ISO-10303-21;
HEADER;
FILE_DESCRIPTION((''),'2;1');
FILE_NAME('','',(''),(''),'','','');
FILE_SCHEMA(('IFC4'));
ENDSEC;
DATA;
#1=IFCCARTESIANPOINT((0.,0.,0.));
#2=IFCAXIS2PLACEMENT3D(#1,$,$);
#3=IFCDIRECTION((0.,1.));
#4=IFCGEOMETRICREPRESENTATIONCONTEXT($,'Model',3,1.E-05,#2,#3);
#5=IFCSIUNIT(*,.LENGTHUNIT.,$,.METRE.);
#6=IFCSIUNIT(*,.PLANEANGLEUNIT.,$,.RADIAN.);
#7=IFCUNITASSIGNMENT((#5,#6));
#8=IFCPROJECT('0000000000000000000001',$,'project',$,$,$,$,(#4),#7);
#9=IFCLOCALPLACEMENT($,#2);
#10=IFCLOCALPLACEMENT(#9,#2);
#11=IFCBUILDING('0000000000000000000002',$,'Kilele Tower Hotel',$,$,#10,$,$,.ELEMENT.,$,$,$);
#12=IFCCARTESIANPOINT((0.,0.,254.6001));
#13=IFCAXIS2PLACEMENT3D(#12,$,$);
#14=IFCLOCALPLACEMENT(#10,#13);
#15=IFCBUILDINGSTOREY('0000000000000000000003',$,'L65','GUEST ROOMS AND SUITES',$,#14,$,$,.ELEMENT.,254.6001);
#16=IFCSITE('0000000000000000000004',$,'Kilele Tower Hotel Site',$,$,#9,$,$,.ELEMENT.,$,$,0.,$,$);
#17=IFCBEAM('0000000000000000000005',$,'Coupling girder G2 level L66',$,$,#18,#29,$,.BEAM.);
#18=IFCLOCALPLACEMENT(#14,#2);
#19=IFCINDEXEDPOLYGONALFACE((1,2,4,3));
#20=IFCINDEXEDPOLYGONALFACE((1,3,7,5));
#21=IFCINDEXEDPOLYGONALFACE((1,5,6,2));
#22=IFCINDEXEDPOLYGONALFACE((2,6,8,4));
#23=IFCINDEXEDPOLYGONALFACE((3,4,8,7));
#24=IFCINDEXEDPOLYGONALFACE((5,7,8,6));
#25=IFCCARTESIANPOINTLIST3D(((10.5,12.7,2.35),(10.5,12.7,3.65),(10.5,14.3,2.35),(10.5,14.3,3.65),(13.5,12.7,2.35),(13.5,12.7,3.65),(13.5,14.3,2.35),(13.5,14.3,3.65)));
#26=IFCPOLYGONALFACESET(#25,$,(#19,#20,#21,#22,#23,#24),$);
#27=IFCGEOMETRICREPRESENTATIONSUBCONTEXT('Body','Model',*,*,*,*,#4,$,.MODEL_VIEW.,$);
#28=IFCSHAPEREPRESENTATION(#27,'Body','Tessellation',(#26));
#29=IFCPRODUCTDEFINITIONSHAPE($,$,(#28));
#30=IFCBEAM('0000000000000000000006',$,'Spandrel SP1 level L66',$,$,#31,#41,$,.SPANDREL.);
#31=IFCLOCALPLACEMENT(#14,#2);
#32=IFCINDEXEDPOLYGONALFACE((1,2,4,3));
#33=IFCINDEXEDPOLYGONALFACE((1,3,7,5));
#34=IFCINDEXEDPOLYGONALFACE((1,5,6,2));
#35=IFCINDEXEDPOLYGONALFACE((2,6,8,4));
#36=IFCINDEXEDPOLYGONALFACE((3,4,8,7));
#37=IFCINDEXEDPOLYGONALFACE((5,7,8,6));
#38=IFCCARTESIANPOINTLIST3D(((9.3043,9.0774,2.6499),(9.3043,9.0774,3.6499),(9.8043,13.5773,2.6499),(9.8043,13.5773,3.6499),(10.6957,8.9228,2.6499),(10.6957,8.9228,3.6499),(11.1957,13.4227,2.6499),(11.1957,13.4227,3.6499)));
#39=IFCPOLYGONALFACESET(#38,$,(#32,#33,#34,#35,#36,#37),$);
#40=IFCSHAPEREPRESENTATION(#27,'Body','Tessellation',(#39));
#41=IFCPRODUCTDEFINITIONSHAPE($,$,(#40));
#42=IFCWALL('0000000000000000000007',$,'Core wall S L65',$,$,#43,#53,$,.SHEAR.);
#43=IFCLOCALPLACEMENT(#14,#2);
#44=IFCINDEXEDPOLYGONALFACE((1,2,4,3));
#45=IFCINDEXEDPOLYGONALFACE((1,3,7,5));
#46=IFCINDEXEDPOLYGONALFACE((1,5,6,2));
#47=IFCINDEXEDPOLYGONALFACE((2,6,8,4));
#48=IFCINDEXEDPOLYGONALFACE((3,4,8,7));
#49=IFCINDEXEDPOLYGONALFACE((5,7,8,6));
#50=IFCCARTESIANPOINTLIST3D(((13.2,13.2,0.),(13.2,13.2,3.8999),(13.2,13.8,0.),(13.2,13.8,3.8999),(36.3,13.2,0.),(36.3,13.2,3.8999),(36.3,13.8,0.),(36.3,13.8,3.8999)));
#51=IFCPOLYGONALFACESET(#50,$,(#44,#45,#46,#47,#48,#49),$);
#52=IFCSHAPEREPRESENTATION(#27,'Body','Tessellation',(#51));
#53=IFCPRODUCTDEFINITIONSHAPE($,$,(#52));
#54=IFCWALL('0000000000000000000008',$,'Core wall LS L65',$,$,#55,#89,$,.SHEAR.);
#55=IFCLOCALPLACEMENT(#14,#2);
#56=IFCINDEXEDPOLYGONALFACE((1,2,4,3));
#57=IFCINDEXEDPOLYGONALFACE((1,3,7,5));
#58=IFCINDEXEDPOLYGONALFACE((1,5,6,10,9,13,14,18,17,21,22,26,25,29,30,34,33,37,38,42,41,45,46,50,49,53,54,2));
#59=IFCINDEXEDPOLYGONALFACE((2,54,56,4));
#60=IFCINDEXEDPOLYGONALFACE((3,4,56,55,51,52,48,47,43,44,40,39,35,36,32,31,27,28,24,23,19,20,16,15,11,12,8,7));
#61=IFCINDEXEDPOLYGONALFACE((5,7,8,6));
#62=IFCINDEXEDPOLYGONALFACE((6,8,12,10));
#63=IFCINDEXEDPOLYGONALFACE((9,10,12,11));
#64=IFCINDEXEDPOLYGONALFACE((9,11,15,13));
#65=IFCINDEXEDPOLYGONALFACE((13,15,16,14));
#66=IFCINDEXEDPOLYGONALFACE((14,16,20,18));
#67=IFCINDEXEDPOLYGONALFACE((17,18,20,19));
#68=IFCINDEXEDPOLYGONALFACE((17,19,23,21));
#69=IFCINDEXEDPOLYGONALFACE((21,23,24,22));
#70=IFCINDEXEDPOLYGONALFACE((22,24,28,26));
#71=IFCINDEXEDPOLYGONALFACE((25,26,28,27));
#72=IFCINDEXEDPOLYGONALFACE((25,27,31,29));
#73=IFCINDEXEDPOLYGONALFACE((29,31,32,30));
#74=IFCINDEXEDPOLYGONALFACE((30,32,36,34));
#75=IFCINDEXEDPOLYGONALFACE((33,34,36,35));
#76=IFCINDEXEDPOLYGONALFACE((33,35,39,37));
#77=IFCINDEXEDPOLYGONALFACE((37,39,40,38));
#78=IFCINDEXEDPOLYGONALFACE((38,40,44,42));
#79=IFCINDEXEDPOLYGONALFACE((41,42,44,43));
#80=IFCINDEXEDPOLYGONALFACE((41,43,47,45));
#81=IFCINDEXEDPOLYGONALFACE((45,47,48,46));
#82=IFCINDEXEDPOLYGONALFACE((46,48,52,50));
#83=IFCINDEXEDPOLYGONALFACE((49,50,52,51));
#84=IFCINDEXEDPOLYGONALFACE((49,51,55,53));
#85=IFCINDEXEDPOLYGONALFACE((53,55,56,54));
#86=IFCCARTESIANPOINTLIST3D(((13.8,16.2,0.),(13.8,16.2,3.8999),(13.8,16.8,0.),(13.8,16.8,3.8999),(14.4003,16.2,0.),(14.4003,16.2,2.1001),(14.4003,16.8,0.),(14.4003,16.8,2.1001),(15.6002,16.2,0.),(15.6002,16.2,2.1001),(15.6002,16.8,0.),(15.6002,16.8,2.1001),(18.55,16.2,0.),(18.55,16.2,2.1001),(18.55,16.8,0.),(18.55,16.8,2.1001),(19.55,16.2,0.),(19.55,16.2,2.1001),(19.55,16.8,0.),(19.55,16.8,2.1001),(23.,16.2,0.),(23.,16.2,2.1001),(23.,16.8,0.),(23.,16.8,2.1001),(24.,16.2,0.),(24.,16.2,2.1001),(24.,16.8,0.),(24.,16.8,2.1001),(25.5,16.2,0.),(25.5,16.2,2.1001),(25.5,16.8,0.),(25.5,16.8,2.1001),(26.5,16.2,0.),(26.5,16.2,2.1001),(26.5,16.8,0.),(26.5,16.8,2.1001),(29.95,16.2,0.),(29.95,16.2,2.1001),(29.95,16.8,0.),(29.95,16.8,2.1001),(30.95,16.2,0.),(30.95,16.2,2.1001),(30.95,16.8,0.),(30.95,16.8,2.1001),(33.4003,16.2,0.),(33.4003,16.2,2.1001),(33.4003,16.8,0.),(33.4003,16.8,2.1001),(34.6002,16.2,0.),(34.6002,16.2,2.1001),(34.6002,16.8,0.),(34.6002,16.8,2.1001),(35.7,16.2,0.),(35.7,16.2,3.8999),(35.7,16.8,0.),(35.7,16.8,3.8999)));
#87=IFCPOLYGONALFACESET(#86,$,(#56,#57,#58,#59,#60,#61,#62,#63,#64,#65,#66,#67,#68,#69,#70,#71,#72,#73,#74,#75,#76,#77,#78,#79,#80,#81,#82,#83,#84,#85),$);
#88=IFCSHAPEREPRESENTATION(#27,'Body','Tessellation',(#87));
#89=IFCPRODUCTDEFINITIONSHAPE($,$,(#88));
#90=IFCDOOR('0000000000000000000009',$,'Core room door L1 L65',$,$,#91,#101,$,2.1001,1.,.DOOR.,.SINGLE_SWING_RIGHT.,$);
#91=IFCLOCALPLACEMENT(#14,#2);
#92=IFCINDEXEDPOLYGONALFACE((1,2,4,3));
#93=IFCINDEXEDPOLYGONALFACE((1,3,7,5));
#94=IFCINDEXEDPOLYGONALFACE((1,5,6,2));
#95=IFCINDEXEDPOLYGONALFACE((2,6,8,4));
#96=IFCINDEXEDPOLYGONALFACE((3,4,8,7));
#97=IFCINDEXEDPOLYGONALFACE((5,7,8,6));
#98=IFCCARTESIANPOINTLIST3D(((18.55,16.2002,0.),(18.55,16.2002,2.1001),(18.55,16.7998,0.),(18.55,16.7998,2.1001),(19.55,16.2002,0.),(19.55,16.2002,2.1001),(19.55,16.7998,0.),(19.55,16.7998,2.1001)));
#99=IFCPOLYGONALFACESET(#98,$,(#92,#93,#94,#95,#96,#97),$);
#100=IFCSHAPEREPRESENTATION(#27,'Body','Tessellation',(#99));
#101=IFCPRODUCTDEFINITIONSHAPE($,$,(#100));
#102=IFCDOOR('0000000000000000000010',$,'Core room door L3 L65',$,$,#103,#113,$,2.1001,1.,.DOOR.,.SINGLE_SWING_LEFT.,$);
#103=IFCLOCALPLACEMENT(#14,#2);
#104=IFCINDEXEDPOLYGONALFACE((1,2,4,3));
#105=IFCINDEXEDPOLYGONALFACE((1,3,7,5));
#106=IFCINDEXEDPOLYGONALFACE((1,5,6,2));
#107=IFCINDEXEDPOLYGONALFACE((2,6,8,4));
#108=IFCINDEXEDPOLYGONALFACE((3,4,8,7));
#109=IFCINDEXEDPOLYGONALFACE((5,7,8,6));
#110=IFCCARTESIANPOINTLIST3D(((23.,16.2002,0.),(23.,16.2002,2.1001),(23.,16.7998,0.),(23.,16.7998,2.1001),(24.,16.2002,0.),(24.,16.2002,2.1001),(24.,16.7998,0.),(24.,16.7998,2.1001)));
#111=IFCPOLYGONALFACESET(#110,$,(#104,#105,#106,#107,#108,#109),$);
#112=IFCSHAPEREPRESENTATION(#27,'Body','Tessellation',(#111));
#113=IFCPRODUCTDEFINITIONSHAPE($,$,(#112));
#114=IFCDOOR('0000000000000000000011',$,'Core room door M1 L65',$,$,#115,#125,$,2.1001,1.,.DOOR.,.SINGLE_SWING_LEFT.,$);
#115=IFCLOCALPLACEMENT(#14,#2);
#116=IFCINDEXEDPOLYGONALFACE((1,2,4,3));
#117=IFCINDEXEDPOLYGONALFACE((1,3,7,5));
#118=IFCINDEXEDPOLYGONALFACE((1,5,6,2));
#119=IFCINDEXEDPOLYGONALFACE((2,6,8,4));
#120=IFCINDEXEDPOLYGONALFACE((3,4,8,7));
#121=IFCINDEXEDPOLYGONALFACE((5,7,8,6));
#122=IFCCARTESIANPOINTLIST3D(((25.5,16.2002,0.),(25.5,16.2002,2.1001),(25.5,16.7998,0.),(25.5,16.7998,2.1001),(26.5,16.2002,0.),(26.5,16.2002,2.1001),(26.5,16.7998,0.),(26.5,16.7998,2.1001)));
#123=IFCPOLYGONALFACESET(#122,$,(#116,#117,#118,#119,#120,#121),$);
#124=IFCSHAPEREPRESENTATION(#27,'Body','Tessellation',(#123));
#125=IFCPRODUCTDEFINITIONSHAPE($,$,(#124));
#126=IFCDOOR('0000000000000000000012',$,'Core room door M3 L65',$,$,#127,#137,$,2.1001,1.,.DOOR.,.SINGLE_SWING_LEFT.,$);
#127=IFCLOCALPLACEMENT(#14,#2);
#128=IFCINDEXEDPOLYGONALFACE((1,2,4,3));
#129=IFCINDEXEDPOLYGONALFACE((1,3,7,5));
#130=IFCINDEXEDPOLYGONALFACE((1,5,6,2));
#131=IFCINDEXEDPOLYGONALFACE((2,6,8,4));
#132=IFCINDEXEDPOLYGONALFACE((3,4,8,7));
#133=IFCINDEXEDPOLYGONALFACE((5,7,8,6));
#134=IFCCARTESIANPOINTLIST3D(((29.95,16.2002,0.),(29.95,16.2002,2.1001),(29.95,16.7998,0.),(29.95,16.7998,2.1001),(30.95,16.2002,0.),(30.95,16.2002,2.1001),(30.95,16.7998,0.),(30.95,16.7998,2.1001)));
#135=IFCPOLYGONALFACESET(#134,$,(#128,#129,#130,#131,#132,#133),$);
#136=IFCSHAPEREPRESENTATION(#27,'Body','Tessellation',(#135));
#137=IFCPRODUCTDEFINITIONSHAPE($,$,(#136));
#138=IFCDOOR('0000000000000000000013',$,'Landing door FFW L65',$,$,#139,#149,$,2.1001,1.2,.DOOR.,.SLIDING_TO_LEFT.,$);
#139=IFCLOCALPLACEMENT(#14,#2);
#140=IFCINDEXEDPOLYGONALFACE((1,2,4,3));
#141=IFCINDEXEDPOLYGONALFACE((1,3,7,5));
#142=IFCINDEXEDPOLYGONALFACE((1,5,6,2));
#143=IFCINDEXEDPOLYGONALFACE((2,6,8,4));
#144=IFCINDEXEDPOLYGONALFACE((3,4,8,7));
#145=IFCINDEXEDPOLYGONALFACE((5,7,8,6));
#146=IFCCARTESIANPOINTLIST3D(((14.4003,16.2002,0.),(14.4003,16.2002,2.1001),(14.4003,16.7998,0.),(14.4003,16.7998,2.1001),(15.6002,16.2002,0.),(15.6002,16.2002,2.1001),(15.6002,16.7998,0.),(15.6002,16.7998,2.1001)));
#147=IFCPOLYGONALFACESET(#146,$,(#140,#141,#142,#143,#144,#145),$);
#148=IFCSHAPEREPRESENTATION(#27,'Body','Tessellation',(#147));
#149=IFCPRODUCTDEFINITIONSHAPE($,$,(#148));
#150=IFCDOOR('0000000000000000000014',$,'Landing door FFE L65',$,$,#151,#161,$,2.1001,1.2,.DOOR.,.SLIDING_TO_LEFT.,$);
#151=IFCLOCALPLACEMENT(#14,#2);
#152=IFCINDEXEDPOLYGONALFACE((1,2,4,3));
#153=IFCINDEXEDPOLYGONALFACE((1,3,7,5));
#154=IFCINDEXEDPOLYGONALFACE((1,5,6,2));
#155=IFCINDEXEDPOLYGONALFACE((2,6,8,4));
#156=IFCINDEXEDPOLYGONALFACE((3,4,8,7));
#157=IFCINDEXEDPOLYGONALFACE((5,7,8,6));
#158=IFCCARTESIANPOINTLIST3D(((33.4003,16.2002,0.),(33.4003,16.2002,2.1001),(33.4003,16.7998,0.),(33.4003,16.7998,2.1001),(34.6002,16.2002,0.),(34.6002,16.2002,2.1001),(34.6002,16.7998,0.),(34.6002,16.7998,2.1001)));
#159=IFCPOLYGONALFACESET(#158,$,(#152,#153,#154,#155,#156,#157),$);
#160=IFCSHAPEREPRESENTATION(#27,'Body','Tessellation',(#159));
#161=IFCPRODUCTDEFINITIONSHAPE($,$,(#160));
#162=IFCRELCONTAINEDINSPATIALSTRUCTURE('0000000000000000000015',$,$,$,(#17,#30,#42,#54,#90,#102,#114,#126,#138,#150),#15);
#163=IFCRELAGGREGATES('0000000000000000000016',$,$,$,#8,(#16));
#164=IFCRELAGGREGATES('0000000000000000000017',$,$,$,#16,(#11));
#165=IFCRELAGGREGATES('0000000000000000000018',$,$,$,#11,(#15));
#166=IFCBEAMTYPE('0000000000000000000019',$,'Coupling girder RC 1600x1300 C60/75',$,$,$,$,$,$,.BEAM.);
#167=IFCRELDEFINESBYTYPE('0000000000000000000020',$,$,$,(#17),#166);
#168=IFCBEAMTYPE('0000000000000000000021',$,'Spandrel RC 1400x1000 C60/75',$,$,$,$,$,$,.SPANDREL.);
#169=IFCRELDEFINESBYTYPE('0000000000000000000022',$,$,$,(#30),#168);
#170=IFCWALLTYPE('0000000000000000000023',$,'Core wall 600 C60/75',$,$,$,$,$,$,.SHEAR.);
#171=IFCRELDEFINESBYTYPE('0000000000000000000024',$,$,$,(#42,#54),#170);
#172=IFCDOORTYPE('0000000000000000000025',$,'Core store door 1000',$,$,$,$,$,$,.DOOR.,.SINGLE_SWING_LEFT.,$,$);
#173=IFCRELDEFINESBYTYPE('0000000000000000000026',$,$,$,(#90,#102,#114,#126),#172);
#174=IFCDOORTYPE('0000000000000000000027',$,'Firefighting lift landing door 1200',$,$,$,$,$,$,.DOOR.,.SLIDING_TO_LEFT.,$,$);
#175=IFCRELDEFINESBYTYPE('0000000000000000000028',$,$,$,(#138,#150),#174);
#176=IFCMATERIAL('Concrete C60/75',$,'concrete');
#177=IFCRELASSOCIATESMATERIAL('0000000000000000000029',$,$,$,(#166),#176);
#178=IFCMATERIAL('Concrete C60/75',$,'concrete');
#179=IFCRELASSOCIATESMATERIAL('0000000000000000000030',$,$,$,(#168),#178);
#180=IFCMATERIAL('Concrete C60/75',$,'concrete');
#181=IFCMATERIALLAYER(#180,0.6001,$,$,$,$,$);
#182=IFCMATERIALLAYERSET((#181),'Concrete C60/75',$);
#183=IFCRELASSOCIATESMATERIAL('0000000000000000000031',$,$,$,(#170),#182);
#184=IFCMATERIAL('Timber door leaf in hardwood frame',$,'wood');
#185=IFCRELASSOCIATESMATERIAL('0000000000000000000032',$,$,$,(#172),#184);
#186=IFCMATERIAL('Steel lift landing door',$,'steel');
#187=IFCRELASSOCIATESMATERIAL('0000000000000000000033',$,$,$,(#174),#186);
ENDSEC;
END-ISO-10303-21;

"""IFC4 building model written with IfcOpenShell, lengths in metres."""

from ifc_helpers import new_model, si_unit, direction, frame, frame_2d, origin, origin_2d, place, context, subcontext, project, spatial, rectangle, extrude, material, layer, layer_set, material_profile, profile_set, type_object, element, fill, save


model = new_model("IFC4")

# Units and contexts
model_context = context("Model", 3, precision=1e-05, world=origin(), true_north=direction((0.0, 1.0)))
body_context = subcontext(model_context, "Body", "Model", "MODEL_VIEW")
ifc_project = project(units=[si_unit("LENGTHUNIT", "METRE"), si_unit("PLANEANGLEUNIT", "RADIAN")], contexts=[model_context])

# Site, building, storey
site_placement = place(None, origin())
site = spatial("IfcSite", under=ifc_project, at=site_placement, Name="Kilele Tower Hotel Site", CompositionType="ELEMENT", RefElevation=0.0)
building_placement = place(site_placement, origin())
building = spatial("IfcBuilding", under=site, at=building_placement, Name="Kilele Tower Hotel", CompositionType="ELEMENT")
storey_placement = place(building_placement, frame((0.0, 0.0, 254.6001)))
storey = spatial("IfcBuildingStorey", under=building, at=storey_placement, Name="L65", Description="GUEST ROOMS AND SUITES", CompositionType="ELEMENT", Elevation=254.6001)

# Beams
ifc_material_1 = material(Name="Concrete C60/75", Category="concrete")
ifc_material_profile_1 = material_profile(ifc_material_1, rectangle(XDim=1.6001, YDim=1.3, at=origin_2d()))
ifc_profile_set_1 = profile_set([ifc_material_profile_1], Name="Concrete C60/75")
beam_type_1 = type_object("IfcBeamType", Name="Coupling girder RC 1600x1300 C60/75", PredefinedType="BEAM", material=ifc_profile_set_1)
beam_1_placement = place(storey_placement, frame((10.5, 13.5, 3.0), z_axis=(1.0, 0.0, 0.0), x_axis=(0.0, 1.0, 0.0)))
element("IfcBeam", 1, at=beam_1_placement, inside=storey, type_object=beam_type_1, Name="Coupling girder G2 level L66", PredefinedType="BEAM", context=body_context, shape_type="SweptSolid", body=[
    extrude(rectangle(XDim=1.6001, YDim=1.3, at=origin_2d()), origin(), (0.0, 0.0, 1.0), 3.0),
])
ifc_material_2 = material(Name="Concrete C60/75", Category="concrete")
ifc_material_profile_2 = material_profile(ifc_material_2, rectangle(XDim=1.3999, YDim=1.0, at=origin_2d()))
ifc_profile_set_2 = profile_set([ifc_material_profile_2], Name="Concrete C60/75")
beam_type_2 = type_object("IfcBeamType", Name="Spandrel RC 1400x1000 C60/75", PredefinedType="SPANDREL", material=ifc_profile_set_2)
beam_2_placement = place(storey_placement, frame((10.5, 13.5, 3.1499), z_axis=(-0.110432, -0.993884, 0.0), x_axis=(0.993884, -0.110432, 0.0)))
element("IfcBeam", 2, at=beam_2_placement, inside=storey, type_object=beam_type_2, Name="Spandrel SP1 level L66", PredefinedType="SPANDREL", context=body_context, shape_type="SweptSolid", body=[
    extrude(rectangle(XDim=1.3999, YDim=1.0, at=origin_2d()), origin(), (0.0, 0.0, 1.0), 4.5276),
])

# Wall
ifc_material_3 = material(Name="Concrete C60/75", Category="concrete")
ifc_layer = layer(ifc_material_3, 0.6001)
ifc_layer_set = layer_set([ifc_layer], Name="Concrete C60/75")
wall_type = type_object("IfcWallType", Name="Core wall 600 C60/75", PredefinedType="SHEAR", material=ifc_layer_set)
wall_1_placement = place(storey_placement, frame((13.2, 13.5, 0.0), z_axis=(0.0, 0.0, 1.0), x_axis=(1.0, 0.0, 0.0)))
element("IfcWall", 3, at=wall_1_placement, inside=storey, type_object=wall_type, Name="Core wall S L65", PredefinedType="SHEAR", context=body_context, shape_type="SweptSolid", body=[
    extrude(rectangle(XDim=23.1001, YDim=0.6001, at=frame_2d((11.55, 0.0))), origin(), (0.0, 0.0, 1.0), 3.8999),
])

# Wall, openings, doors
wall_2_placement = place(storey_placement, frame((13.8, 16.5, 0.0), z_axis=(0.0, 0.0, 1.0), x_axis=(1.0, 0.0, 0.0)))
wall_2 = element("IfcWall", 4, at=wall_2_placement, inside=storey, type_object=wall_type, Name="Core wall LS L65", PredefinedType="SHEAR", context=body_context, shape_type="SweptSolid", body=[
    extrude(rectangle(XDim=21.8999, YDim=0.6001, at=frame_2d((10.95, 0.0))), origin(), (0.0, 0.0, 1.0), 3.8999),
])
opening_1_placement = place(wall_2_placement, frame((5.75, 0.0, 0.0), z_axis=(0.0, 0.0, 1.0), x_axis=(-1.0, 0.0, 0.0)))
opening_1 = element("IfcOpeningElement", 5, at=opening_1_placement, cuts=wall_2, PredefinedType="OPENING", context=body_context, shape_type="SweptSolid", body=[
    extrude(rectangle(XDim=1.0, YDim=2.1001, at=frame_2d((0.5, 1.05))), frame((0.0, 0.3101, 0.0), z_axis=(0.0, -1.0, 0.0), x_axis=(1.0, 0.0, 0.0)), (0.0, 0.0, 1.0), 0.6201),
])
opening_2_placement = place(wall_2_placement, frame((10.2, 0.0, 0.0), z_axis=(0.0, 0.0, 1.0), x_axis=(-1.0, 0.0, 0.0)))
opening_2 = element("IfcOpeningElement", 6, at=opening_2_placement, cuts=wall_2, PredefinedType="OPENING", context=body_context, shape_type="SweptSolid", body=[
    extrude(rectangle(XDim=1.0, YDim=2.1001, at=frame_2d((0.5, 1.05))), frame((0.0, 0.3101, 0.0), z_axis=(0.0, -1.0, 0.0), x_axis=(1.0, 0.0, 0.0)), (0.0, 0.0, 1.0), 0.6201),
])
opening_3_placement = place(wall_2_placement, frame((12.7, 0.0, 0.0), z_axis=(0.0, 0.0, 1.0), x_axis=(-1.0, 0.0, 0.0)))
opening_3 = element("IfcOpeningElement", 7, at=opening_3_placement, cuts=wall_2, PredefinedType="OPENING", context=body_context, shape_type="SweptSolid", body=[
    extrude(rectangle(XDim=1.0, YDim=2.1001, at=frame_2d((0.5, 1.05))), frame((0.0, 0.3101, 0.0), z_axis=(0.0, -1.0, 0.0), x_axis=(1.0, 0.0, 0.0)), (0.0, 0.0, 1.0), 0.6201),
])
opening_4_placement = place(wall_2_placement, frame((17.1499, 0.0, 0.0), z_axis=(0.0, 0.0, 1.0), x_axis=(-1.0, 0.0, 0.0)))
opening_4 = element("IfcOpeningElement", 8, at=opening_4_placement, cuts=wall_2, PredefinedType="OPENING", context=body_context, shape_type="SweptSolid", body=[
    extrude(rectangle(XDim=1.0, YDim=2.1001, at=frame_2d((0.5, 1.05))), frame((0.0, 0.3101, 0.0), z_axis=(0.0, -1.0, 0.0), x_axis=(1.0, 0.0, 0.0)), (0.0, 0.0, 1.0), 0.6201),
])
opening_5_placement = place(wall_2_placement, frame((0.6001, 0.0, 0.0)))
opening_5 = element("IfcOpeningElement", 9, at=opening_5_placement, cuts=wall_2, PredefinedType="OPENING", context=body_context, shape_type="SweptSolid", body=[
    extrude(rectangle(XDim=1.2, YDim=2.1001, at=frame_2d((0.6001, 1.05))), frame((0.0, 0.3101, 0.0), z_axis=(0.0, -1.0, 0.0), x_axis=(1.0, 0.0, 0.0)), (0.0, 0.0, 1.0), 0.6201),
])
opening_6_placement = place(wall_2_placement, frame((19.6001, 0.0, 0.0)))
opening_6 = element("IfcOpeningElement", 10, at=opening_6_placement, cuts=wall_2, PredefinedType="OPENING", context=body_context, shape_type="SweptSolid", body=[
    extrude(rectangle(XDim=1.2, YDim=2.1001, at=frame_2d((0.6001, 1.05))), frame((0.0, 0.3101, 0.0), z_axis=(0.0, -1.0, 0.0), x_axis=(1.0, 0.0, 0.0)), (0.0, 0.0, 1.0), 0.6201),
])
ifc_material_4 = material(Name="Timber door leaf in hardwood frame", Category="wood")
door_type_1 = type_object("IfcDoorType", Name="Core store door 1000", OperationType="SINGLE_SWING_LEFT", PredefinedType="DOOR", material=ifc_material_4)
door_1_placement = place(opening_1_placement, origin())
door_1 = element("IfcDoor", 11, at=door_1_placement, inside=storey, type_object=door_type_1, Name="Core room door L1 L65", OperationType="SINGLE_SWING_RIGHT", OverallHeight=2.1001, OverallWidth=1.0, PredefinedType="DOOR", context=body_context, shape_type="SweptSolid", body=[
    extrude(rectangle(XDim=1.0, YDim=2.1001, at=frame_2d((0.5, 1.05))), frame((0.0, 0.2998, 0.0), z_axis=(0.0, -1.0, 0.0), x_axis=(1.0, 0.0, 0.0)), (0.0, 0.0, 1.0), 0.5996),
])
fill(opening_1, door_1)
door_2_placement = place(opening_2_placement, origin())
door_2 = element("IfcDoor", 12, at=door_2_placement, inside=storey, type_object=door_type_1, Name="Core room door L3 L65", OperationType="SINGLE_SWING_LEFT", OverallHeight=2.1001, OverallWidth=1.0, PredefinedType="DOOR", context=body_context, shape_type="SweptSolid", body=[
    extrude(rectangle(XDim=1.0, YDim=2.1001, at=frame_2d((0.5, 1.05))), frame((0.0, 0.2998, 0.0), z_axis=(0.0, -1.0, 0.0), x_axis=(1.0, 0.0, 0.0)), (0.0, 0.0, 1.0), 0.5996),
])
fill(opening_2, door_2)
door_3_placement = place(opening_3_placement, origin())
door_3 = element("IfcDoor", 13, at=door_3_placement, inside=storey, type_object=door_type_1, Name="Core room door M1 L65", OperationType="SINGLE_SWING_LEFT", OverallHeight=2.1001, OverallWidth=1.0, PredefinedType="DOOR", context=body_context, shape_type="SweptSolid", body=[
    extrude(rectangle(XDim=1.0, YDim=2.1001, at=frame_2d((0.5, 1.05))), frame((0.0, 0.2998, 0.0), z_axis=(0.0, -1.0, 0.0), x_axis=(1.0, 0.0, 0.0)), (0.0, 0.0, 1.0), 0.5996),
])
fill(opening_3, door_3)
door_4_placement = place(opening_4_placement, origin())
door_4 = element("IfcDoor", 14, at=door_4_placement, inside=storey, type_object=door_type_1, Name="Core room door M3 L65", OperationType="SINGLE_SWING_LEFT", OverallHeight=2.1001, OverallWidth=1.0, PredefinedType="DOOR", context=body_context, shape_type="SweptSolid", body=[
    extrude(rectangle(XDim=1.0, YDim=2.1001, at=frame_2d((0.5, 1.05))), frame((0.0, 0.2998, 0.0), z_axis=(0.0, -1.0, 0.0), x_axis=(1.0, 0.0, 0.0)), (0.0, 0.0, 1.0), 0.5996),
])
fill(opening_4, door_4)
ifc_material_5 = material(Name="Steel lift landing door", Category="steel")
door_type_2 = type_object("IfcDoorType", Name="Firefighting lift landing door 1200", OperationType="SLIDING_TO_LEFT", PredefinedType="DOOR", material=ifc_material_5)
door_5_placement = place(opening_5_placement, origin())
door_5 = element("IfcDoor", 15, at=door_5_placement, inside=storey, type_object=door_type_2, Name="Landing door FFW L65", OperationType="SLIDING_TO_LEFT", OverallHeight=2.1001, OverallWidth=1.2, PredefinedType="DOOR", context=body_context, shape_type="SweptSolid", body=[
    extrude(rectangle(XDim=1.2, YDim=2.1001, at=frame_2d((0.6001, 1.05))), frame((0.0, 0.2998, 0.0), z_axis=(0.0, -1.0, 0.0), x_axis=(1.0, 0.0, 0.0)), (0.0, 0.0, 1.0), 0.5996),
])
fill(opening_5, door_5)
door_6_placement = place(opening_6_placement, origin())
door_6 = element("IfcDoor", 16, at=door_6_placement, inside=storey, type_object=door_type_2, Name="Landing door FFE L65", OperationType="SLIDING_TO_LEFT", OverallHeight=2.1001, OverallWidth=1.2, PredefinedType="DOOR", context=body_context, shape_type="SweptSolid", body=[
    extrude(rectangle(XDim=1.2, YDim=2.1001, at=frame_2d((0.6001, 1.05))), frame((0.0, 0.2998, 0.0), z_axis=(0.0, -1.0, 0.0), x_axis=(1.0, 0.0, 0.0)), (0.0, 0.0, 1.0), 0.5996),
])
fill(opening_6, door_6)

save(model, "model.ifc")
